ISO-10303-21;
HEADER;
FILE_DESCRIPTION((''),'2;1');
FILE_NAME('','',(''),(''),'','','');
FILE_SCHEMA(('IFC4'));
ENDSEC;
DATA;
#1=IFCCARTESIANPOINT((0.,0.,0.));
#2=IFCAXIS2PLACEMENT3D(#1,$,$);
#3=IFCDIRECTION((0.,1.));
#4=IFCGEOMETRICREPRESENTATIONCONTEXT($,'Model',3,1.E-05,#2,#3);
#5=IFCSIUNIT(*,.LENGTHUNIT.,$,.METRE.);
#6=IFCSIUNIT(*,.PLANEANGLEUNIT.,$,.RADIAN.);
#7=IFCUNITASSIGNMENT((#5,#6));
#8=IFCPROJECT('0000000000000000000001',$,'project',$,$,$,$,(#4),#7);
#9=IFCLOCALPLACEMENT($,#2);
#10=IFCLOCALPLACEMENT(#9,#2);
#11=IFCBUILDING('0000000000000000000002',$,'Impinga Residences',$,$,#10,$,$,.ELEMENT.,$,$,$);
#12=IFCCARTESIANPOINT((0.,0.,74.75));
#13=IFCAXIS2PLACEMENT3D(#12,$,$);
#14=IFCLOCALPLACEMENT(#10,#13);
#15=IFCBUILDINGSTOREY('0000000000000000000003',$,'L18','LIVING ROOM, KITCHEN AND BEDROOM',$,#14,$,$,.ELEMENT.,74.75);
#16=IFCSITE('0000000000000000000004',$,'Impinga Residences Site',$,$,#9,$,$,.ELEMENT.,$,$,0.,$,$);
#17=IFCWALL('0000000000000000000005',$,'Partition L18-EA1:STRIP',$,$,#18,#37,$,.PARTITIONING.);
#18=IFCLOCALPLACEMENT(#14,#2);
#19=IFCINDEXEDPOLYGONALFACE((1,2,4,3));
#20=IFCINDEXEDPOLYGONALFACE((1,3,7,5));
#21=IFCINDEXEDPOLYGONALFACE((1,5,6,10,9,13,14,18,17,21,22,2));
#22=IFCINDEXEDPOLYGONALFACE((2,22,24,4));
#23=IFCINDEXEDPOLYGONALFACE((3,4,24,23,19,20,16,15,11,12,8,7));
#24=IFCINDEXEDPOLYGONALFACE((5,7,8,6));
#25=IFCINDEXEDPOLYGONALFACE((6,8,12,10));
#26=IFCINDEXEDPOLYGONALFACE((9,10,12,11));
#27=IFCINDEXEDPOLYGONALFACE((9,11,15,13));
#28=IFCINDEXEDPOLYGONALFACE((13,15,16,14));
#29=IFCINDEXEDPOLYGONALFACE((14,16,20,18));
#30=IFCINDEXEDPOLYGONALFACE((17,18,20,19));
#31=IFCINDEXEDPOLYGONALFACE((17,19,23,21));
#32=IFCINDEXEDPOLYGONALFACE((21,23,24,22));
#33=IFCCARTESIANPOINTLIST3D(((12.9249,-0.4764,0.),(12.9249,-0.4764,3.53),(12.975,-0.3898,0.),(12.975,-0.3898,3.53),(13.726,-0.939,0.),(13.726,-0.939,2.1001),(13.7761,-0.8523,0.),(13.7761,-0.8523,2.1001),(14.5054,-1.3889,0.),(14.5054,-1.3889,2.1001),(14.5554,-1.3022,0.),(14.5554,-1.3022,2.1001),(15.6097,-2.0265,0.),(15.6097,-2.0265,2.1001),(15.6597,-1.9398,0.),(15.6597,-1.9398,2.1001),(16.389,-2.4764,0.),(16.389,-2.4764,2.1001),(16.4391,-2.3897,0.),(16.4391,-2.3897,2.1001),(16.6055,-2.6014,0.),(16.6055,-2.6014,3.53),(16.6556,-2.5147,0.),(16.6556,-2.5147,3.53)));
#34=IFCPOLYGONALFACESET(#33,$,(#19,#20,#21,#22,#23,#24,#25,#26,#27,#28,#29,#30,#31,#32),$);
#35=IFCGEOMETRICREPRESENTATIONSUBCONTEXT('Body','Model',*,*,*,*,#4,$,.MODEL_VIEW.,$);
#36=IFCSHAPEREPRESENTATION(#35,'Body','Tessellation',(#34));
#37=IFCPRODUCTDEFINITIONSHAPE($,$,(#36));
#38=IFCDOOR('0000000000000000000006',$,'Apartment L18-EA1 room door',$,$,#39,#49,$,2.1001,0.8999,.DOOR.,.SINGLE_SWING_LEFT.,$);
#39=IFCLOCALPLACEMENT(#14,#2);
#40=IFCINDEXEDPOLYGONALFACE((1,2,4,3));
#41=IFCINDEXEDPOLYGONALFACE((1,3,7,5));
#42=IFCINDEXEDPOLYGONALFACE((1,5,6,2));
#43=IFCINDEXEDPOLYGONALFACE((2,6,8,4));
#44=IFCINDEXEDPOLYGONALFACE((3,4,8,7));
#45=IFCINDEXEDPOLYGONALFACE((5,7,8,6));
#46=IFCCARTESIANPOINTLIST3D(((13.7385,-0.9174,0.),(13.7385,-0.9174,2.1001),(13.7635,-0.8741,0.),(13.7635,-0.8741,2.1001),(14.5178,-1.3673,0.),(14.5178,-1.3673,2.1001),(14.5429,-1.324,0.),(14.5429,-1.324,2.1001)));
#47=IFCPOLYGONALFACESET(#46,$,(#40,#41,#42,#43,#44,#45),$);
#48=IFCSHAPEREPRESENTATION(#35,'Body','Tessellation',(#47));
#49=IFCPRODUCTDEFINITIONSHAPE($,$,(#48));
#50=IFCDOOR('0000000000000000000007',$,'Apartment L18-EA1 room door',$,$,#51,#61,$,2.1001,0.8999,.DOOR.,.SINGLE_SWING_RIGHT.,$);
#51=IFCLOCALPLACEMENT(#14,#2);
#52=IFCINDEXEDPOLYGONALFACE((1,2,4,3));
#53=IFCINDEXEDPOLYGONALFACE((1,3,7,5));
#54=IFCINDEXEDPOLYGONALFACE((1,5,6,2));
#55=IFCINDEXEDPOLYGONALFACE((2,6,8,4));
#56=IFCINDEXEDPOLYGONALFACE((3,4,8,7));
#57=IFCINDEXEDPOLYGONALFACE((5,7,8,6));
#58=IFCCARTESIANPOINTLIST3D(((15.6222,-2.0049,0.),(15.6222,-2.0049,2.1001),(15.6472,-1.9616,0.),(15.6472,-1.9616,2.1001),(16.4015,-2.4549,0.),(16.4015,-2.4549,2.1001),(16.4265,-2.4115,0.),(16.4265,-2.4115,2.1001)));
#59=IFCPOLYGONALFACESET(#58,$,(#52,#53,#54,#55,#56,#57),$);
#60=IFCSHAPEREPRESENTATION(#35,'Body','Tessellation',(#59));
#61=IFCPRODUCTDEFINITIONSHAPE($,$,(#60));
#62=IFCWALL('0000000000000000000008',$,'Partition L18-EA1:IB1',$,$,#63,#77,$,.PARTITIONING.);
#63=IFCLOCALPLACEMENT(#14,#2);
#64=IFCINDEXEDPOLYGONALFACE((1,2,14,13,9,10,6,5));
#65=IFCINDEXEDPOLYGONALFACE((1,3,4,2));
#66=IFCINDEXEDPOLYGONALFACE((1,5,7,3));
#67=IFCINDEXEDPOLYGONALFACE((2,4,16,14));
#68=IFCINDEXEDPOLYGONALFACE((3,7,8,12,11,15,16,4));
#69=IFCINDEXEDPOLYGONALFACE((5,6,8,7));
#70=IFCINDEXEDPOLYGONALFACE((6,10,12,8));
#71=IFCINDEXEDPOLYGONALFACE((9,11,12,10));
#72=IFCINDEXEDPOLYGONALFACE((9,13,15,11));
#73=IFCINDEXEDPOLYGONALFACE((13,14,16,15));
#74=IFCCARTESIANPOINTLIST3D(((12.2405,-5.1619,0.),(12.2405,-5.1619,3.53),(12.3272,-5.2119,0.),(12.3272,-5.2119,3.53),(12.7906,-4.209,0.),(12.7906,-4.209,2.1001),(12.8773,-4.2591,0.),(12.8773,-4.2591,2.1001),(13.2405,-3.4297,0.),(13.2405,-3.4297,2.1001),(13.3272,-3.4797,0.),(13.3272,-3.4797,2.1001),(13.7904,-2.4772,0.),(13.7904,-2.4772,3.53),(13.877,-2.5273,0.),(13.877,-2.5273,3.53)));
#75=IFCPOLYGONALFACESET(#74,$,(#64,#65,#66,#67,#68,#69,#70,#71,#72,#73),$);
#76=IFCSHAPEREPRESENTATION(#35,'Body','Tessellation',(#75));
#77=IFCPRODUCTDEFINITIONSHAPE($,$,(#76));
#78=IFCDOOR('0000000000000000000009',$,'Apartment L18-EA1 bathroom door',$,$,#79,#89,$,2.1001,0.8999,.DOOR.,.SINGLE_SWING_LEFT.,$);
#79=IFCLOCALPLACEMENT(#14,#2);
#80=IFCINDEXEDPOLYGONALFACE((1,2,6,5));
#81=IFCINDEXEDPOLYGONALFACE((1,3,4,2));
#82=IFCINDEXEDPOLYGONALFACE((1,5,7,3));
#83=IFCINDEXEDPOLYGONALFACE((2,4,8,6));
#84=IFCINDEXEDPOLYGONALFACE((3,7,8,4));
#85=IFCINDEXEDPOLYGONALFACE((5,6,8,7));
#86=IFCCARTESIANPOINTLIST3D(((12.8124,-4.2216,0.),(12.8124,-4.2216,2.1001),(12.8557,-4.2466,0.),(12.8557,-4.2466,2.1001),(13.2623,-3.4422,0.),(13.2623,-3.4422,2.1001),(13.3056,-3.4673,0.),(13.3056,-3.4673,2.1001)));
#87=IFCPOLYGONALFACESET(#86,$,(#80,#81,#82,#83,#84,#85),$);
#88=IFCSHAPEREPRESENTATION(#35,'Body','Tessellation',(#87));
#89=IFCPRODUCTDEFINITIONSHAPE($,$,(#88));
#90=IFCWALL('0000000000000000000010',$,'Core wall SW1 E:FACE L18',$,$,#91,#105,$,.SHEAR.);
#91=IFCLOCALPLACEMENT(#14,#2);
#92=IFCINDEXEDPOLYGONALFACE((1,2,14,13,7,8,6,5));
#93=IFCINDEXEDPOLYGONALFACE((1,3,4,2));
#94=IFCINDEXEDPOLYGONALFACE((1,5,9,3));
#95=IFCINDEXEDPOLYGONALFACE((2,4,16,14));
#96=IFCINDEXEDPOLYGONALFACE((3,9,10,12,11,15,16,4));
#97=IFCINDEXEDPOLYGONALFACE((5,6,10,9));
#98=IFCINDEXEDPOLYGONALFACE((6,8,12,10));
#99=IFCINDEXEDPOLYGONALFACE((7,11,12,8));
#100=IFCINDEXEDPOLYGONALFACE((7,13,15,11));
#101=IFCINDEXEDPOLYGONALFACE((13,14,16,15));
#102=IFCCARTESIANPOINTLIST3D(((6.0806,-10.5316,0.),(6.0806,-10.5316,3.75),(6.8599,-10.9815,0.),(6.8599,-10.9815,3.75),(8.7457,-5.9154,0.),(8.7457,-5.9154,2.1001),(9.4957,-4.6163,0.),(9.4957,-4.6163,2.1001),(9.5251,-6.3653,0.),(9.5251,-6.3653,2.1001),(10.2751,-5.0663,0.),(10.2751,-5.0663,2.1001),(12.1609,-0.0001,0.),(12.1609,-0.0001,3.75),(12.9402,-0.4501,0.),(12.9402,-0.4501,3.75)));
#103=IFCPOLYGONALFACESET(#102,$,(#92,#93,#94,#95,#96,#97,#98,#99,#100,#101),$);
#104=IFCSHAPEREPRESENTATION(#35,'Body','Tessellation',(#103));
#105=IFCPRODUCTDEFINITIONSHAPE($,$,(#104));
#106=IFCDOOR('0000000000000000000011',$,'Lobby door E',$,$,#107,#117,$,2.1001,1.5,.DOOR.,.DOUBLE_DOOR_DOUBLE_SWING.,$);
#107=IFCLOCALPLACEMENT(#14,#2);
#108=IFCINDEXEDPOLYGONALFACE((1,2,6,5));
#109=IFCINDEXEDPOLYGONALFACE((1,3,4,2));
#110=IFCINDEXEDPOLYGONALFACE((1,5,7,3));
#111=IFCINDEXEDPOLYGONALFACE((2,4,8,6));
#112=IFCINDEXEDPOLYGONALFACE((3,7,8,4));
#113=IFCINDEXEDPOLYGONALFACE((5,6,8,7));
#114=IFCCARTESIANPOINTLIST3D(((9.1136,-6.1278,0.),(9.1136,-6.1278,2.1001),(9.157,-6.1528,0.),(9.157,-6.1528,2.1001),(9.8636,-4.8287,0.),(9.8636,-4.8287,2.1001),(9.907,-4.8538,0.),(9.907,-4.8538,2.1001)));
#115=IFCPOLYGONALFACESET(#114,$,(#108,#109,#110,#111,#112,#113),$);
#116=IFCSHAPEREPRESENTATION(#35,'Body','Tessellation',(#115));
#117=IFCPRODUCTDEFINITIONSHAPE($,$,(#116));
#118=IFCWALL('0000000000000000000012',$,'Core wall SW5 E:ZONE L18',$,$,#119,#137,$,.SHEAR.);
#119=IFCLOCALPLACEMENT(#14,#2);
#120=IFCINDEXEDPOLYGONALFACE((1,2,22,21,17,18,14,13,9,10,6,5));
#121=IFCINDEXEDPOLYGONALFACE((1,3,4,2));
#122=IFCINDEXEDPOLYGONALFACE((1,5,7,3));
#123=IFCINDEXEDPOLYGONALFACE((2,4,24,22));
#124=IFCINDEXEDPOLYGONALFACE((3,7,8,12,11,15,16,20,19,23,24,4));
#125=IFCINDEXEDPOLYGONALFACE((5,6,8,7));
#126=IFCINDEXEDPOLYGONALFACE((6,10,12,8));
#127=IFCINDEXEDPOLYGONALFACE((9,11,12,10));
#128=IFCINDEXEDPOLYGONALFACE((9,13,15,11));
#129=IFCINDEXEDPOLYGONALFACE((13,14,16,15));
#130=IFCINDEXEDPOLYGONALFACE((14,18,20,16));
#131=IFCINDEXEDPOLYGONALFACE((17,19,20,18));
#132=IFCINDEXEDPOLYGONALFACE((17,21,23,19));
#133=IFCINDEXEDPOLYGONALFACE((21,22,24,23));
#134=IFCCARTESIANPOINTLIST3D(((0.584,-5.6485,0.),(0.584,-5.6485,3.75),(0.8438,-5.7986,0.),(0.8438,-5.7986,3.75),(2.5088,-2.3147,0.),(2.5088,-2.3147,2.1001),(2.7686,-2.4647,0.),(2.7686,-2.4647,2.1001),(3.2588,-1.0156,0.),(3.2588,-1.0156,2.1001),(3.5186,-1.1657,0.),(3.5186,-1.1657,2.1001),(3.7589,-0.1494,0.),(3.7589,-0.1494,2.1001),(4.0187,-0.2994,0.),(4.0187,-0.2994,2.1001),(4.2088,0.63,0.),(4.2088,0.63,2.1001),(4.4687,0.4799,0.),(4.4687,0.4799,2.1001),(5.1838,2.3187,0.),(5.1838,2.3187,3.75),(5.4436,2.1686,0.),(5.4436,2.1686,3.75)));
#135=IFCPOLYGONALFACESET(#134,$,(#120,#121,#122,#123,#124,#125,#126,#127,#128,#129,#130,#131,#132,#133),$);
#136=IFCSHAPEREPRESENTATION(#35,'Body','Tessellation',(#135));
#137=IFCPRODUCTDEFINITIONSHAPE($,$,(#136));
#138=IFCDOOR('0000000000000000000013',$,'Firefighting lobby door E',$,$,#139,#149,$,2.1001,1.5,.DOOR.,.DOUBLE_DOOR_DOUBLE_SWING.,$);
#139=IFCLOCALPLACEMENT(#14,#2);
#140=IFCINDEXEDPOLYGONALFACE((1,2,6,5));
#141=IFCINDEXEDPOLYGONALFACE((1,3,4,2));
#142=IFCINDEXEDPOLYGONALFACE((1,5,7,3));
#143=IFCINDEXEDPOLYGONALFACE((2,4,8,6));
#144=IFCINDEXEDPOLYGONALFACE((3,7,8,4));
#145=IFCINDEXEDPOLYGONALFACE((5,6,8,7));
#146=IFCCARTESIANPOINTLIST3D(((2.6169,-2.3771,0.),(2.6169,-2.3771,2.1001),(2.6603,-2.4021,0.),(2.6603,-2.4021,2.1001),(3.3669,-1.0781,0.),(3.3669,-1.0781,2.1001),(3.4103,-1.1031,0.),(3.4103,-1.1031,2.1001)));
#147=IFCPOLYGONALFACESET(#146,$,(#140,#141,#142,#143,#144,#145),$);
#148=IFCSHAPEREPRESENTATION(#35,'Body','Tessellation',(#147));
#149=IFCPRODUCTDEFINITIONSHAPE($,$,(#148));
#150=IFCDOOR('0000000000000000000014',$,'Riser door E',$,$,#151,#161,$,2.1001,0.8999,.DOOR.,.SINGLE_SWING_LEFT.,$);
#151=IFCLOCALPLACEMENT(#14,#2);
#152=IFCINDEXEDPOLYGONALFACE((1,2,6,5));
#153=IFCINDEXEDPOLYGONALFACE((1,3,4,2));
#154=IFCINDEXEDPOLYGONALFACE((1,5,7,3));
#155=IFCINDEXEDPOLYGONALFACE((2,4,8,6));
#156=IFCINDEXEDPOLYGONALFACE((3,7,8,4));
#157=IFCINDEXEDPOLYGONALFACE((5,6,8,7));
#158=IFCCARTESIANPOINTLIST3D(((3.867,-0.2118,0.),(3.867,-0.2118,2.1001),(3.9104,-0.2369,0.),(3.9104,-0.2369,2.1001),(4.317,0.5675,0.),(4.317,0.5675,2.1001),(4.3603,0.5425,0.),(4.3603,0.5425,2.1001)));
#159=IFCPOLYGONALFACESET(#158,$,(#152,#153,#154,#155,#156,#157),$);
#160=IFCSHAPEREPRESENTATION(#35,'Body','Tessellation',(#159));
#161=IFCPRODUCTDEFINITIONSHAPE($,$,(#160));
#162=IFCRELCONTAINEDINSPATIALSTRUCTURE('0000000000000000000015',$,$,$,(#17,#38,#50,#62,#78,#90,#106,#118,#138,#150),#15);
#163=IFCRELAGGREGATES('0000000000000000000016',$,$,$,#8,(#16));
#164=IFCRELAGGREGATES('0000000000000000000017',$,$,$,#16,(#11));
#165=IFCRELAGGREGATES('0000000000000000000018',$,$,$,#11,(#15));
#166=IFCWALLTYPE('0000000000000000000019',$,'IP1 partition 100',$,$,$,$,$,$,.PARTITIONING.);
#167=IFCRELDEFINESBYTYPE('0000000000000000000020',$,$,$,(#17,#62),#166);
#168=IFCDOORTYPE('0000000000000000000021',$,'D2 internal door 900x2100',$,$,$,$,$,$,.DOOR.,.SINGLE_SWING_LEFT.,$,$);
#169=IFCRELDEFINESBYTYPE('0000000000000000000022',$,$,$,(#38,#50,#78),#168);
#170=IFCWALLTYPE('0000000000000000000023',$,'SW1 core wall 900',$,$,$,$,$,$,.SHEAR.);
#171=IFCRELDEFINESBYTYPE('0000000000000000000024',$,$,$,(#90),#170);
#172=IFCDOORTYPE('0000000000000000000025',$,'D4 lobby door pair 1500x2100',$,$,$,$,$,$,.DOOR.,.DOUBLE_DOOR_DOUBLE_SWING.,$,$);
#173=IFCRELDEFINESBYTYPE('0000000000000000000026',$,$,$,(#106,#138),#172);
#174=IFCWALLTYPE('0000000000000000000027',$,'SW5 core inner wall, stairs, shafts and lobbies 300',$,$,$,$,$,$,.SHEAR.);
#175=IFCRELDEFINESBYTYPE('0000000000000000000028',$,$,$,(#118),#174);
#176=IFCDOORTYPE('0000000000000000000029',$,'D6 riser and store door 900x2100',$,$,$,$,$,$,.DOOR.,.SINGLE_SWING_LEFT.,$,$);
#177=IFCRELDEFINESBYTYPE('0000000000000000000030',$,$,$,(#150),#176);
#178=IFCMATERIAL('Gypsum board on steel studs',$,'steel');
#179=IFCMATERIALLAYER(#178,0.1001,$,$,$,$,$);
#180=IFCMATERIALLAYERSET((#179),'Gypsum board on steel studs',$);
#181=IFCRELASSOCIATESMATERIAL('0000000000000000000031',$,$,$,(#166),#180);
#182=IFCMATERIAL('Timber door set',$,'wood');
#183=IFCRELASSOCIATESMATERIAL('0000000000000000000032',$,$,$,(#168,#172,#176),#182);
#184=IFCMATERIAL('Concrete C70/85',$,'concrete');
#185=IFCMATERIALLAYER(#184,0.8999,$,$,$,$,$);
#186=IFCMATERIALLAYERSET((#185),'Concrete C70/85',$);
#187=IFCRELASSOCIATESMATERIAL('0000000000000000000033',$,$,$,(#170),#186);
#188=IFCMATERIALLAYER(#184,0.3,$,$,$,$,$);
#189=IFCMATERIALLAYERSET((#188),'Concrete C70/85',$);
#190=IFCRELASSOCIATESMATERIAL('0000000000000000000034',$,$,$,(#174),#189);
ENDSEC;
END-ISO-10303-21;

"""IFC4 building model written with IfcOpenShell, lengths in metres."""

from ifc_helpers import new_model, si_unit, direction, frame, frame_2d, origin, place, context, subcontext, project, spatial, rectangle, extrude, material, layer, layer_set, type_object, element, fill, save


model = new_model("IFC4")

# Units and contexts
model_context = context("Model", 3, precision=1e-05, world=origin(), true_north=direction((0.0, 1.0)))
body_context = subcontext(model_context, "Body", "Model", "MODEL_VIEW")
ifc_project = project(units=[si_unit("LENGTHUNIT", "METRE"), si_unit("PLANEANGLEUNIT", "RADIAN")], contexts=[model_context])

# Site, building, storey
site_placement = place(None, origin())
site = spatial("IfcSite", under=ifc_project, at=site_placement, Name="Impinga Residences Site", CompositionType="ELEMENT", RefElevation=0.0)
building_placement = place(site_placement, origin())
building = spatial("IfcBuilding", under=site, at=building_placement, Name="Impinga Residences", CompositionType="ELEMENT")
storey_placement = place(building_placement, frame((0.0, 0.0, 74.75)))
storey = spatial("IfcBuildingStorey", under=building, at=storey_placement, Name="L18", Description="LIVING ROOM, KITCHEN AND BEDROOM", CompositionType="ELEMENT", Elevation=74.75)

# Shared definitions
ifc_material_1 = material(Name="Concrete C70/85", Category="concrete")
ifc_material_2 = material(Name="Timber door set", Category="wood")

# Shared definitions
ifc_material_3 = material(Name="Gypsum board on steel studs", Category="steel")
ifc_layer_1 = layer(ifc_material_3, 0.1001)
ifc_layer_set_1 = layer_set([ifc_layer_1], Name="Gypsum board on steel studs")
wall_type_1 = type_object("IfcWallType", Name="IP1 partition 100", PredefinedType="PARTITIONING", material=ifc_layer_set_1)

# Wall, openings, doors
wall_1_placement = place(storey_placement, frame((12.95, -0.4331, 0.0), z_axis=(0.0, 0.0, 1.0), x_axis=(0.866029, -0.499994, 0.0)))
wall_1 = element("IfcWall", 1, at=wall_1_placement, inside=storey, type_object=wall_type_1, Name="Partition L18-EA1:STRIP", PredefinedType="PARTITIONING", context=body_context, shape_type="SweptSolid", body=[
    extrude(rectangle(XDim=4.25, YDim=0.1001, at=frame_2d((2.125, 0.0))), origin(), (0.0, 0.0, 1.0), 3.53),
])
opening_1_placement = place(wall_1_placement, frame((0.925, 0.0, 0.0)))
opening_1 = element("IfcOpeningElement", 2, at=opening_1_placement, cuts=wall_1, PredefinedType="OPENING", context=body_context, shape_type="SweptSolid", body=[
    extrude(rectangle(XDim=0.8999, YDim=2.1001, at=frame_2d((0.45, 1.05))), frame((0.0, 0.0601, 0.0), z_axis=(0.0, -1.0, 0.0), x_axis=(1.0, 0.0, 0.0)), (0.0, 0.0, 1.0), 0.1201),
])
opening_2_placement = place(wall_1_placement, frame((3.1001, 0.0, 0.0)))
opening_2 = element("IfcOpeningElement", 3, at=opening_2_placement, cuts=wall_1, PredefinedType="OPENING", context=body_context, shape_type="SweptSolid", body=[
    extrude(rectangle(XDim=0.8999, YDim=2.1001, at=frame_2d((0.45, 1.05))), frame((0.0, 0.0601, 0.0), z_axis=(0.0, -1.0, 0.0), x_axis=(1.0, 0.0, 0.0)), (0.0, 0.0, 1.0), 0.1201),
])
door_type_1 = type_object("IfcDoorType", Name="D2 internal door 900x2100", OperationType="SINGLE_SWING_LEFT", PredefinedType="DOOR", material=ifc_material_2)
door_1_placement = place(opening_1_placement, origin())
door_1 = element("IfcDoor", 4, at=door_1_placement, inside=storey, type_object=door_type_1, Name="Apartment L18-EA1 room door", OperationType="SINGLE_SWING_LEFT", OverallHeight=2.1001, OverallWidth=0.8999, PredefinedType="DOOR", context=body_context, shape_type="SweptSolid", body=[
    extrude(rectangle(XDim=0.8999, YDim=2.1001, at=frame_2d((0.45, 1.05))), frame((0.0, 0.0249, 0.0), z_axis=(0.0, -1.0, 0.0), x_axis=(1.0, 0.0, 0.0)), (0.0, 0.0, 1.0), 0.05),
])
fill(opening_1, door_1)
door_2_placement = place(opening_2_placement, origin())
door_2 = element("IfcDoor", 5, at=door_2_placement, inside=storey, type_object=door_type_1, Name="Apartment L18-EA1 room door", OperationType="SINGLE_SWING_RIGHT", OverallHeight=2.1001, OverallWidth=0.8999, PredefinedType="DOOR", context=body_context, shape_type="SweptSolid", body=[
    extrude(rectangle(XDim=0.8999, YDim=2.1001, at=frame_2d((0.45, 1.05))), frame((0.0, 0.0249, 0.0), z_axis=(0.0, -1.0, 0.0), x_axis=(1.0, 0.0, 0.0)), (0.0, 0.0, 1.0), 0.05),
])
fill(opening_2, door_2)

# Walls, openings, doors
wall_2_placement = place(storey_placement, frame((12.2839, -5.1868, 0.0), z_axis=(0.0, 0.0, 1.0), x_axis=(0.499968, 0.866044, 0.0)))
wall_2 = element("IfcWall", 6, at=wall_2_placement, inside=storey, type_object=wall_type_1, Name="Partition L18-EA1:IB1", PredefinedType="PARTITIONING", context=body_context, shape_type="SweptSolid", body=[
    extrude(rectangle(XDim=3.0999, YDim=0.1001, at=frame_2d((1.5498, 0.0))), origin(), (0.0, 0.0, 1.0), 3.53),
])
opening_3_placement = place(wall_2_placement, frame((1.1001, 0.0, 0.0)))
opening_3 = element("IfcOpeningElement", 7, at=opening_3_placement, cuts=wall_2, PredefinedType="OPENING", context=body_context, shape_type="SweptSolid", body=[
    extrude(rectangle(XDim=0.8999, YDim=2.1001, at=frame_2d((0.45, 1.05))), frame((0.0, 0.0601, 0.0), z_axis=(0.0, -1.0, 0.0), x_axis=(1.0, 0.0, 0.0)), (0.0, 0.0, 1.0), 0.1201),
])
door_3_placement = place(opening_3_placement, origin())
door_3 = element("IfcDoor", 8, at=door_3_placement, inside=storey, type_object=door_type_1, Name="Apartment L18-EA1 bathroom door", OperationType="SINGLE_SWING_LEFT", OverallHeight=2.1001, OverallWidth=0.8999, PredefinedType="DOOR", context=body_context, shape_type="SweptSolid", body=[
    extrude(rectangle(XDim=0.8999, YDim=2.1001, at=frame_2d((0.45, 1.05))), frame((0.0, 0.0249, 0.0), z_axis=(0.0, -1.0, 0.0), x_axis=(1.0, 0.0, 0.0)), (0.0, 0.0, 1.0), 0.05),
])
fill(opening_3, door_3)
ifc_layer_2 = layer(ifc_material_1, 0.8999)
ifc_layer_set_2 = layer_set([ifc_layer_2], Name="Concrete C70/85")
wall_type_2 = type_object("IfcWallType", Name="SW1 core wall 900", PredefinedType="SHEAR", material=ifc_layer_set_2)
wall_3_placement = place(storey_placement, frame((12.5505, -0.2251, 0.0), z_axis=(0.0, 0.0, 1.0), x_axis=(-0.499998, -0.866027, 0.0)))
wall_3 = element("IfcWall", 9, at=wall_3_placement, inside=storey, type_object=wall_type_2, Name="Core wall SW1 E:FACE L18", PredefinedType="SHEAR", context=body_context, shape_type="SweptSolid", body=[
    extrude(rectangle(XDim=12.1606, YDim=0.8999, at=frame_2d((6.0803, 0.0))), origin(), (0.0, 0.0, 1.0), 3.75),
])
opening_4_placement = place(wall_3_placement, frame((5.3303, 0.0, 0.0)))
opening_4 = element("IfcOpeningElement", 10, at=opening_4_placement, cuts=wall_3, PredefinedType="OPENING", context=body_context, shape_type="SweptSolid", body=[
    extrude(rectangle(XDim=1.5, YDim=2.1001, at=frame_2d((0.75, 1.05))), frame((0.0, 0.46, 0.0), z_axis=(0.0, -1.0, 0.0), x_axis=(1.0, 0.0, 0.0)), (0.0, 0.0, 1.0), 0.9199),
])
door_type_2 = type_object("IfcDoorType", Name="D4 lobby door pair 1500x2100", OperationType="DOUBLE_DOOR_DOUBLE_SWING", PredefinedType="DOOR", material=ifc_material_2)
door_4_placement = place(opening_4_placement, origin())
door_4 = element("IfcDoor", 11, at=door_4_placement, inside=storey, type_object=door_type_2, Name="Lobby door E", OperationType="DOUBLE_DOOR_DOUBLE_SWING", OverallHeight=2.1001, OverallWidth=1.5, PredefinedType="DOOR", context=body_context, shape_type="SweptSolid", body=[
    extrude(rectangle(XDim=1.5, YDim=2.1001, at=frame_2d((0.75, 1.05))), frame((0.0, 0.0249, 0.0), z_axis=(0.0, -1.0, 0.0), x_axis=(1.0, 0.0, 0.0)), (0.0, 0.0, 1.0), 0.05),
])
fill(opening_4, door_4)

# Wall, openings, doors
ifc_layer_3 = layer(ifc_material_1, 0.3)
ifc_layer_set_3 = layer_set([ifc_layer_3], Name="Concrete C70/85")
wall_type_3 = type_object("IfcWallType", Name="SW5 core inner wall, stairs, shafts and lobbies 300", PredefinedType="SHEAR", material=ifc_layer_set_3)
wall_4_placement = place(storey_placement, frame((5.3137, 2.2437, 0.0), z_axis=(0.0, 0.0, 1.0), x_axis=(-0.499995, -0.866028, 0.0)))
wall_4 = element("IfcWall", 12, at=wall_4_placement, inside=storey, type_object=wall_type_3, Name="Core wall SW5 E:ZONE L18", PredefinedType="SHEAR", context=body_context, shape_type="SweptSolid", body=[
    extrude(rectangle(XDim=9.1997, YDim=0.3, at=frame_2d((4.5999, 0.0))), origin(), (0.0, 0.0, 1.0), 3.75),
])
opening_5_placement = place(wall_4_placement, frame((3.8501, 0.0, 0.0)))
opening_5 = element("IfcOpeningElement", 13, at=opening_5_placement, cuts=wall_4, PredefinedType="OPENING", context=body_context, shape_type="SweptSolid", body=[
    extrude(rectangle(XDim=1.5, YDim=2.1001, at=frame_2d((0.75, 1.05))), frame((0.0, 0.1599, 0.0), z_axis=(0.0, -1.0, 0.0), x_axis=(1.0, 0.0, 0.0)), (0.0, 0.0, 1.0), 0.3201),
])
opening_6_placement = place(wall_4_placement, frame((1.95, 0.0, 0.0)))
opening_6 = element("IfcOpeningElement", 14, at=opening_6_placement, cuts=wall_4, PredefinedType="OPENING", context=body_context, shape_type="SweptSolid", body=[
    extrude(rectangle(XDim=0.8999, YDim=2.1001, at=frame_2d((0.45, 1.05))), frame((0.0, 0.1599, 0.0), z_axis=(0.0, -1.0, 0.0), x_axis=(1.0, 0.0, 0.0)), (0.0, 0.0, 1.0), 0.3201),
])
door_5_placement = place(opening_5_placement, origin())
door_5 = element("IfcDoor", 15, at=door_5_placement, inside=storey, type_object=door_type_2, Name="Firefighting lobby door E", OperationType="DOUBLE_DOOR_DOUBLE_SWING", OverallHeight=2.1001, OverallWidth=1.5, PredefinedType="DOOR", context=body_context, shape_type="SweptSolid", body=[
    extrude(rectangle(XDim=1.5, YDim=2.1001, at=frame_2d((0.75, 1.05))), frame((0.0, 0.0249, 0.0), z_axis=(0.0, -1.0, 0.0), x_axis=(1.0, 0.0, 0.0)), (0.0, 0.0, 1.0), 0.05),
])
fill(opening_5, door_5)
door_type_3 = type_object("IfcDoorType", Name="D6 riser and store door 900x2100", OperationType="SINGLE_SWING_LEFT", PredefinedType="DOOR", material=ifc_material_2)
door_6_placement = place(opening_6_placement, origin())
door_6 = element("IfcDoor", 16, at=door_6_placement, inside=storey, type_object=door_type_3, Name="Riser door E", OperationType="SINGLE_SWING_LEFT", OverallHeight=2.1001, OverallWidth=0.8999, PredefinedType="DOOR", context=body_context, shape_type="SweptSolid", body=[
    extrude(rectangle(XDim=0.8999, YDim=2.1001, at=frame_2d((0.45, 1.05))), frame((0.0, 0.0249, 0.0), z_axis=(0.0, -1.0, 0.0), x_axis=(1.0, 0.0, 0.0)), (0.0, 0.0, 1.0), 0.05),
])
fill(opening_6, door_6)

save(model, "model.ifc")
